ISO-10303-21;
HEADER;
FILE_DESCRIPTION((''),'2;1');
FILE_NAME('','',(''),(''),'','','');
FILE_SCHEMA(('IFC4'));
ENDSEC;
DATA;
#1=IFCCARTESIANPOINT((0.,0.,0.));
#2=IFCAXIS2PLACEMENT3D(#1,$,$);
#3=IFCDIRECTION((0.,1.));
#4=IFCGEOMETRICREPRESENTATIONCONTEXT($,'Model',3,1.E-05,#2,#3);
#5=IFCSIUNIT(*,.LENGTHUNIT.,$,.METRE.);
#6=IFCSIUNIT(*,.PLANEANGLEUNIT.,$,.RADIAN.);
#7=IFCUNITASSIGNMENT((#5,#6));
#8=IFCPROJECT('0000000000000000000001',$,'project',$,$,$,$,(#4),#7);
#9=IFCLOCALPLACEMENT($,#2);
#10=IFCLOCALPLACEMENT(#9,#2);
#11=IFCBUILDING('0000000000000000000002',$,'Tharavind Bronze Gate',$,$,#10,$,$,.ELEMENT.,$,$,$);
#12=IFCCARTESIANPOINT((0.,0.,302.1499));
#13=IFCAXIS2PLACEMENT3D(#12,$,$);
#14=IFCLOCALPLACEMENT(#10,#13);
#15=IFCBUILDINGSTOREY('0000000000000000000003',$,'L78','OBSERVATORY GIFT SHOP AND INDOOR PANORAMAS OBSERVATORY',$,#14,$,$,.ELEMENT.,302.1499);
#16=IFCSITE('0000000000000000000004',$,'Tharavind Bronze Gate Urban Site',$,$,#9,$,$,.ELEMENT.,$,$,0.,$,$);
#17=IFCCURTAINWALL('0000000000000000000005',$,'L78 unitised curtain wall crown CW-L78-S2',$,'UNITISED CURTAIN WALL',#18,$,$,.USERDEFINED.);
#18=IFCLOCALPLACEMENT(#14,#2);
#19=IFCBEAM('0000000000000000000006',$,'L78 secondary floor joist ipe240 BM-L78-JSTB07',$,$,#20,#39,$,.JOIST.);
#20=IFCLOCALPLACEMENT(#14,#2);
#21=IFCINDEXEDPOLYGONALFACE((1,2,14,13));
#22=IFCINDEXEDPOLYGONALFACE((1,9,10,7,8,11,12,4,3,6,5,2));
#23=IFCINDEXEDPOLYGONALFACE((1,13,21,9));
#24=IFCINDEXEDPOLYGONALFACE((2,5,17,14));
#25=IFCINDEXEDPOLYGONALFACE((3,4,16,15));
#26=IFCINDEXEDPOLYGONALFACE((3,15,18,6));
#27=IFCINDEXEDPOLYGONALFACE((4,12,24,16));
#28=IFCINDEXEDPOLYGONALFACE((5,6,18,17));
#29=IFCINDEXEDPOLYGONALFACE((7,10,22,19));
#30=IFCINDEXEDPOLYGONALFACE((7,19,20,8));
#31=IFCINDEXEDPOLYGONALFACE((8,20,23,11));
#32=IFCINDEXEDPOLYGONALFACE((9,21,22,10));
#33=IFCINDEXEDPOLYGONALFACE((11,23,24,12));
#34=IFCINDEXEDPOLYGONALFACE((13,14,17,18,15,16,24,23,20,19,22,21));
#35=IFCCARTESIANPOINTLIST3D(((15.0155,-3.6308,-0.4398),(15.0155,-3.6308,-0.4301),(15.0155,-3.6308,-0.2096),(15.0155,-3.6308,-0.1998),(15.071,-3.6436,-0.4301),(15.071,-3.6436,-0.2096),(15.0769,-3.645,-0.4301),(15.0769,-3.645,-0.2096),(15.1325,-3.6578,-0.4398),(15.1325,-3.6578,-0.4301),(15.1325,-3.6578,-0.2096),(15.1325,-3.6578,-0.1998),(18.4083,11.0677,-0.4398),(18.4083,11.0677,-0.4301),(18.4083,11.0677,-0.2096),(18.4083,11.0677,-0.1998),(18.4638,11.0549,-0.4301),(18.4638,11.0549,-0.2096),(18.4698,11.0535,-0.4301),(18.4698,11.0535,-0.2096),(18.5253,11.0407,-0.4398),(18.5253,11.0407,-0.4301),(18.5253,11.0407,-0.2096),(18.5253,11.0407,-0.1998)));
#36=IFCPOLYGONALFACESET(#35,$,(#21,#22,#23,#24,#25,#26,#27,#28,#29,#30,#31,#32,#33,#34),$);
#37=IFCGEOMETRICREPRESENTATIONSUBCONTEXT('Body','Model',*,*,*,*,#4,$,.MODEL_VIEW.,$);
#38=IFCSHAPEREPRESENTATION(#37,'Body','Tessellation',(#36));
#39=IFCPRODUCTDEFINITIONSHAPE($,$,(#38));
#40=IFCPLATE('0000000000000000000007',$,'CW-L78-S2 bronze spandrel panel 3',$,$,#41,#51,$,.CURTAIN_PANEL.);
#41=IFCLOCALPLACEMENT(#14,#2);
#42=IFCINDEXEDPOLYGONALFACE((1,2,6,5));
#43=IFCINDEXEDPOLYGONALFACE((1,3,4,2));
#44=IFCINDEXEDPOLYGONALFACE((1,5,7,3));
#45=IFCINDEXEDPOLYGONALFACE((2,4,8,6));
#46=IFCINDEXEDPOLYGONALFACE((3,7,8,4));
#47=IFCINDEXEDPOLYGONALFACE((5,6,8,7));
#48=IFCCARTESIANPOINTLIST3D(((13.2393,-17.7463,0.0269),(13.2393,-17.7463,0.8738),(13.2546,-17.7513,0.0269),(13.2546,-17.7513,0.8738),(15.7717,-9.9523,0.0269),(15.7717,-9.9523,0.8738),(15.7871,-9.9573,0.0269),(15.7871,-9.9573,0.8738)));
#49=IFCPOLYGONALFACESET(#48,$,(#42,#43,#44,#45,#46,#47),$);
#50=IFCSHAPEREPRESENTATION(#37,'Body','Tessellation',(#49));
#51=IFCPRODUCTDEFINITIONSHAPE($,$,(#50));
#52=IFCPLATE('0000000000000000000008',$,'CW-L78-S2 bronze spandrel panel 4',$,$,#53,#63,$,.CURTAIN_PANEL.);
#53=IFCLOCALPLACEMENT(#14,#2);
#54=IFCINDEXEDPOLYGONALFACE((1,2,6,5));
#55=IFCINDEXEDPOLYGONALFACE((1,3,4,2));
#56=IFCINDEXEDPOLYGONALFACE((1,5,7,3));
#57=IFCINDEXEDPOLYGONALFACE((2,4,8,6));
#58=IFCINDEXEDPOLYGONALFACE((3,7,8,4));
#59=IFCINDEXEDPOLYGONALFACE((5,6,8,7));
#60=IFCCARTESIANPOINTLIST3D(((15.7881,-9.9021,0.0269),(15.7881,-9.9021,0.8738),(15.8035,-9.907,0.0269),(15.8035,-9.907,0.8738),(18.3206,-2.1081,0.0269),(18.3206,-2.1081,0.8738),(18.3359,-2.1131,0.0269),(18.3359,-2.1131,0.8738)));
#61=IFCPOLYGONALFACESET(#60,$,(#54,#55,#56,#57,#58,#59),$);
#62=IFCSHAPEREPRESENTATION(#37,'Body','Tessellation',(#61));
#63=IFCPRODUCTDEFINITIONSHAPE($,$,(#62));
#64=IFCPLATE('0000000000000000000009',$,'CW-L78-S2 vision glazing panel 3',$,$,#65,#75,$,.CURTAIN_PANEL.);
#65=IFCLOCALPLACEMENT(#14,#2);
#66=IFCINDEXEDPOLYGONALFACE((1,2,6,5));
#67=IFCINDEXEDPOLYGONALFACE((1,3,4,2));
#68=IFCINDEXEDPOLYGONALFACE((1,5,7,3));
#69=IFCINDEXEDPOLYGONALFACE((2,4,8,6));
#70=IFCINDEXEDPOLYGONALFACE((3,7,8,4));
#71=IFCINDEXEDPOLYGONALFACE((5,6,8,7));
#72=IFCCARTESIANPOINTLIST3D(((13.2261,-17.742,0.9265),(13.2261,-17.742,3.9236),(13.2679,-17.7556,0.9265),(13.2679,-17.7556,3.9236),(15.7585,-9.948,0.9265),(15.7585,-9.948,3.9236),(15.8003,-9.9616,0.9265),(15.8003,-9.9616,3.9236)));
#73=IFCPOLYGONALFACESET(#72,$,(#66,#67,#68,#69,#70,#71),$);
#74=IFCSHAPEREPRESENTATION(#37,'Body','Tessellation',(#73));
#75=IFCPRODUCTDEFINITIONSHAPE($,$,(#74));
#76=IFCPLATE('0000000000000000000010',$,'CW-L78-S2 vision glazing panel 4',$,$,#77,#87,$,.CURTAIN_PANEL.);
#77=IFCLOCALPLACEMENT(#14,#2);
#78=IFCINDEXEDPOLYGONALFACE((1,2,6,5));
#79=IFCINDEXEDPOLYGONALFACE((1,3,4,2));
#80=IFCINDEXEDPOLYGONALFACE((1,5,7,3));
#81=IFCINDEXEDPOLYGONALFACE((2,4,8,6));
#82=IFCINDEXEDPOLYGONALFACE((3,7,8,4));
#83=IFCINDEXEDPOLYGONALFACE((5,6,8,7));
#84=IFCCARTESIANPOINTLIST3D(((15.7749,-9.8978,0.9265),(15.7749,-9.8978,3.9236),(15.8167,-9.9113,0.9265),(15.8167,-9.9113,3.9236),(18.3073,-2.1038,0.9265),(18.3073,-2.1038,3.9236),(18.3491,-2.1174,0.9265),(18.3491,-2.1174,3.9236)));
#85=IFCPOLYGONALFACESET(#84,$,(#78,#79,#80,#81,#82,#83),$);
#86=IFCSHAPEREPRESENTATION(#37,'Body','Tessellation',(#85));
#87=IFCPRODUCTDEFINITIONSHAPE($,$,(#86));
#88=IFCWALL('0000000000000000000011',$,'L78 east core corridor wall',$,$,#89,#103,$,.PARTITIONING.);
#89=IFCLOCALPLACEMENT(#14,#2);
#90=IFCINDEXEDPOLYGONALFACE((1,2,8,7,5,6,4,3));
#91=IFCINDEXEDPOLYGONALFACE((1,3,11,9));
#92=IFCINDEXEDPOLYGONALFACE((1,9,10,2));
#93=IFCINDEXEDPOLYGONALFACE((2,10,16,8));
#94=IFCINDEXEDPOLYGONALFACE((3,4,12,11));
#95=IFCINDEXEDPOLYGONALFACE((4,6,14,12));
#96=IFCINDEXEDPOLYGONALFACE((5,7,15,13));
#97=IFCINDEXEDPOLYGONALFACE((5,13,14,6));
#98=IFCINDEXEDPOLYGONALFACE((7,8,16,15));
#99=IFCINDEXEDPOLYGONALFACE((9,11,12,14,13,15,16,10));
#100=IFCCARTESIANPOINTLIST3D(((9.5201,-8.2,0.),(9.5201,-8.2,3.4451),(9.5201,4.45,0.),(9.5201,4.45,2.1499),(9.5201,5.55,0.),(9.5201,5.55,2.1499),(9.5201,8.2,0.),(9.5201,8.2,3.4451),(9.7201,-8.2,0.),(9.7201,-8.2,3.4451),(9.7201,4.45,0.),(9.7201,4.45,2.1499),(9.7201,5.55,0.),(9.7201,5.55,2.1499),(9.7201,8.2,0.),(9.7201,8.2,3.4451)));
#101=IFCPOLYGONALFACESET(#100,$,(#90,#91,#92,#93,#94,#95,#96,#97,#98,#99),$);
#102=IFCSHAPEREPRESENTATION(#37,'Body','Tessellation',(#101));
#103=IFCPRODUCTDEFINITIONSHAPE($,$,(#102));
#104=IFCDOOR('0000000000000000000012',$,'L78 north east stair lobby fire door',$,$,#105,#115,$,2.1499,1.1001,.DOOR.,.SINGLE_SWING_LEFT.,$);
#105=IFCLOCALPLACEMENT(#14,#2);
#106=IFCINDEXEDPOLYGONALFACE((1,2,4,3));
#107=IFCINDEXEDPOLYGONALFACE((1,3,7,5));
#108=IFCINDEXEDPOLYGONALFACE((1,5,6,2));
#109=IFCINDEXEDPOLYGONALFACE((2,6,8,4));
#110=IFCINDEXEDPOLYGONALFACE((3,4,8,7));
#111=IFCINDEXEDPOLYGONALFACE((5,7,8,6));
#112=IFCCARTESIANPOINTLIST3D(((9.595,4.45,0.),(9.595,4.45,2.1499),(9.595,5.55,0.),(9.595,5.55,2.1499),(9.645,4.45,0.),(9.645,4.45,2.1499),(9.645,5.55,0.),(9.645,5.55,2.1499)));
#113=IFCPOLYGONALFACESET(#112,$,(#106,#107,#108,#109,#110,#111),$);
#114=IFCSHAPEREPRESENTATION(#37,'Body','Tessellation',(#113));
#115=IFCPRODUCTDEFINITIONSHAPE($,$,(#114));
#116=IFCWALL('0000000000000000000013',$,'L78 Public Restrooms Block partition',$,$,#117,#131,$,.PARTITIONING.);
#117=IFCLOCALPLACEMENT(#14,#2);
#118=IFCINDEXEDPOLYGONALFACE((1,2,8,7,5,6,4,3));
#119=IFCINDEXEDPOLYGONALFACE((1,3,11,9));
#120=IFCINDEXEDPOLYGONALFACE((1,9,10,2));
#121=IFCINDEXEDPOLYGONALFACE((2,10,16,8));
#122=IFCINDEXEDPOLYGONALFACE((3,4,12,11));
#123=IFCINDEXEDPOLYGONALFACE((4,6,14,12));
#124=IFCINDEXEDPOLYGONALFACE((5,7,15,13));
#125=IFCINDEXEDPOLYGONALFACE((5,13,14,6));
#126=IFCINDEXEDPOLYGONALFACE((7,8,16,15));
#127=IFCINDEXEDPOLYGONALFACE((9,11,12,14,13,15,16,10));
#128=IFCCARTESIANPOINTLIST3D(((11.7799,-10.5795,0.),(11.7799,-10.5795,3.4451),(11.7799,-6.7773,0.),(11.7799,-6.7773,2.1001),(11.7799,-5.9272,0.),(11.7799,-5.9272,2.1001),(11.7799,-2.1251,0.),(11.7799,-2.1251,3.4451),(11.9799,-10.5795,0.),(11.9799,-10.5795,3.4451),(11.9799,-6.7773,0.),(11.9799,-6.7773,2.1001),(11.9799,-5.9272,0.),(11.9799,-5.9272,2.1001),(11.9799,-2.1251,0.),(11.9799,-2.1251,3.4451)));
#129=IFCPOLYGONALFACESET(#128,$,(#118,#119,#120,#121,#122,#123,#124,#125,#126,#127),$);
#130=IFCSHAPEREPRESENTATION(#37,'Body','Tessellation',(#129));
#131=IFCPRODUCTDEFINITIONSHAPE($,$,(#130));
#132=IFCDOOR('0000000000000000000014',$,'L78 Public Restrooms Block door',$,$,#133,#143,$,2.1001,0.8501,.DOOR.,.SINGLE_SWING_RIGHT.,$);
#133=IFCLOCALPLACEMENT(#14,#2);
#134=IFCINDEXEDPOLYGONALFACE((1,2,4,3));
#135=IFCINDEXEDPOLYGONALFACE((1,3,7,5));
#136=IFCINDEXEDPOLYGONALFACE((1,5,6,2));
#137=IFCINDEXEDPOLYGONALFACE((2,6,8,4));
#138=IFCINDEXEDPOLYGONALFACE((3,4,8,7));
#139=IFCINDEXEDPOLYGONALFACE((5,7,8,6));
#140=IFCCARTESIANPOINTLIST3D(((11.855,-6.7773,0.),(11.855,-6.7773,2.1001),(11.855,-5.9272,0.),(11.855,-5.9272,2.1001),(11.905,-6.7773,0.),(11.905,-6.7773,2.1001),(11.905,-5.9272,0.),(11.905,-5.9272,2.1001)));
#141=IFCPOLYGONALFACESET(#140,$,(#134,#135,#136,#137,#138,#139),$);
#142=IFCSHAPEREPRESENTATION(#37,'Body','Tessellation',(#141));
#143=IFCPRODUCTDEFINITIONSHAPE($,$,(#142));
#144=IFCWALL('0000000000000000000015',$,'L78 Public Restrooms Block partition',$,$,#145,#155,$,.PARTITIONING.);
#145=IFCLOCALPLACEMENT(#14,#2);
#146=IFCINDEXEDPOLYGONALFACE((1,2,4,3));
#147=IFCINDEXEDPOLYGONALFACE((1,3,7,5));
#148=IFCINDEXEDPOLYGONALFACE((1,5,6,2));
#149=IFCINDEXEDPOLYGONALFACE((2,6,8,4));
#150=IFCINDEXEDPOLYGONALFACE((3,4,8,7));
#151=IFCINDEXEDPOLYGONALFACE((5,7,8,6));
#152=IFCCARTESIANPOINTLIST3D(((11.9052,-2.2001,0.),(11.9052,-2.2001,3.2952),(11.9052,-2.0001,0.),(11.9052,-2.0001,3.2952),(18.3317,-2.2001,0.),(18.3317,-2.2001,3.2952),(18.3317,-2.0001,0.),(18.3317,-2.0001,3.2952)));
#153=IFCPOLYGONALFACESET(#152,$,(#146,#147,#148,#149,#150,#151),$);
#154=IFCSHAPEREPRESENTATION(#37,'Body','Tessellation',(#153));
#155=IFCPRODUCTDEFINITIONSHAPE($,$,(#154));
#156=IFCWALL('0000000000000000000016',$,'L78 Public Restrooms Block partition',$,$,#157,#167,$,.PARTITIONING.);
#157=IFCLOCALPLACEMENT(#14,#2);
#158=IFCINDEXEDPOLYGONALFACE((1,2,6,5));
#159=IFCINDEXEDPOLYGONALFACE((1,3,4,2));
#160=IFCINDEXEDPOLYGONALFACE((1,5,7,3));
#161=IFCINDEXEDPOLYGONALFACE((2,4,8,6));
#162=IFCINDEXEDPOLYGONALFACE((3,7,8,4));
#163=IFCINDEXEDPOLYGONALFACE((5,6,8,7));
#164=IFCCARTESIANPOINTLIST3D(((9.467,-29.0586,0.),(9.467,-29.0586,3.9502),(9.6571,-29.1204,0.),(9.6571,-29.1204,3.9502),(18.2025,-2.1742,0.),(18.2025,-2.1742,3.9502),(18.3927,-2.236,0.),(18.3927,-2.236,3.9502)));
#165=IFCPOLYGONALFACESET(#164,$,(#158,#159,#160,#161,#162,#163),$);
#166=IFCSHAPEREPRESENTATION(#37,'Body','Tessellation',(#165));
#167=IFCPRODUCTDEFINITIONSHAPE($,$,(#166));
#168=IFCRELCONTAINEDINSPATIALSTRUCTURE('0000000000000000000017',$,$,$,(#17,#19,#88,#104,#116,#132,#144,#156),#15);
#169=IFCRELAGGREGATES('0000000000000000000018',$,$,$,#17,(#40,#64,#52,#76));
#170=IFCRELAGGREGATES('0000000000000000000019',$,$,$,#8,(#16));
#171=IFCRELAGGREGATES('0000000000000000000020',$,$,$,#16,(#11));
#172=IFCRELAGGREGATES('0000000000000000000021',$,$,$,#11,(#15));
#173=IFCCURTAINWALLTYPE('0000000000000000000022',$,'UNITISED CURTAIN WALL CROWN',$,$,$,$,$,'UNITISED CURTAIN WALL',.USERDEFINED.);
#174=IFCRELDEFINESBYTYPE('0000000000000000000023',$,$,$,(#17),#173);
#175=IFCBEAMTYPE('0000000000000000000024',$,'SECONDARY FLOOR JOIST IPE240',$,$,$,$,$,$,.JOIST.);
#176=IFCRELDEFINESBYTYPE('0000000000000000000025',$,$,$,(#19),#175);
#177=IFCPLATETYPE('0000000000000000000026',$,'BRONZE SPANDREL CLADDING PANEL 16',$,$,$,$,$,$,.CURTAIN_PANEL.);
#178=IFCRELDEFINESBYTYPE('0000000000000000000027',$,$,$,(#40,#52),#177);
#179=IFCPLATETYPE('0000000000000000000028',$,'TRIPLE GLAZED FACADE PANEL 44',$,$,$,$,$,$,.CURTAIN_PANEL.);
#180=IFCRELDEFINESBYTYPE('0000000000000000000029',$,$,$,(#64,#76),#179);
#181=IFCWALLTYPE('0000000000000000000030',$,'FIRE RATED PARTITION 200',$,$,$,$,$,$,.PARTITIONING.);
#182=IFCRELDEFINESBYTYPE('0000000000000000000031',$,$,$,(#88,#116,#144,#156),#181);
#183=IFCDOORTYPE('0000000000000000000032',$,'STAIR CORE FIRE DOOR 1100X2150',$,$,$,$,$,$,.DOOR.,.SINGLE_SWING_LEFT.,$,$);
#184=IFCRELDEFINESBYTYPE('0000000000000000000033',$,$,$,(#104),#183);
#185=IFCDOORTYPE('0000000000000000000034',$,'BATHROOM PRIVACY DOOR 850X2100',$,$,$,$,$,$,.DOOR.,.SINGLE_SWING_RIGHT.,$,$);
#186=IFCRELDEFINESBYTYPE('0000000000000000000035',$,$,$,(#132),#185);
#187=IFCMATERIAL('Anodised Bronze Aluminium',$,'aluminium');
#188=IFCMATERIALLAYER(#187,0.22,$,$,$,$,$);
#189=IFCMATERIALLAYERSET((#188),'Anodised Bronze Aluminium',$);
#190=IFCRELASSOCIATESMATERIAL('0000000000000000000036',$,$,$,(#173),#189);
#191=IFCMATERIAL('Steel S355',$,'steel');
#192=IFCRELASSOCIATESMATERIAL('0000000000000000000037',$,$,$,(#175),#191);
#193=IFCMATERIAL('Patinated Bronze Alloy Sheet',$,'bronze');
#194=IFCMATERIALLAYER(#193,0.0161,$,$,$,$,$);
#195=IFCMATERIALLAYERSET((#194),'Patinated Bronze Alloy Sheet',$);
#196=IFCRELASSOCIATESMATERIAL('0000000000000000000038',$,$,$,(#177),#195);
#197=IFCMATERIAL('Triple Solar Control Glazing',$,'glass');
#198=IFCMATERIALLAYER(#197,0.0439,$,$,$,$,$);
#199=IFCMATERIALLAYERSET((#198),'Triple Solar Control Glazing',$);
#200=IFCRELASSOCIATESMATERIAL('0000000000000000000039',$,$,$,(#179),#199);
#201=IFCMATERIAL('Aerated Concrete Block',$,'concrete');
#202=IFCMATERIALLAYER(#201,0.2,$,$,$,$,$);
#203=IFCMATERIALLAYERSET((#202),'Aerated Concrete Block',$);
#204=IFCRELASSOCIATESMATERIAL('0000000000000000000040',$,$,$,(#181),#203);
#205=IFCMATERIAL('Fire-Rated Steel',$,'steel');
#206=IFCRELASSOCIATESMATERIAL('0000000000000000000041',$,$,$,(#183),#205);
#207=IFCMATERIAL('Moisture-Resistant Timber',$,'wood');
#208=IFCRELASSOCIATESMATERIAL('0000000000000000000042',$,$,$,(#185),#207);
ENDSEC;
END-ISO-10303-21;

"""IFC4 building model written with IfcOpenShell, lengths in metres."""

from ifc_helpers import new_model, si_unit, direction, frame, frame_2d, origin, origin_2d, place, context, subcontext, project, spatial, rectangle, i_section, extrude, material, layer, layer_set, material_profile, profile_set, type_object, element, fill, aggregate, save


model = new_model("IFC4")

# Units and contexts
model_context = context("Model", 3, precision=1e-05, world=origin(), true_north=direction((0.0, 1.0)))
body_context = subcontext(model_context, "Body", "Model", "MODEL_VIEW")
ifc_project = project(units=[si_unit("LENGTHUNIT", "METRE"), si_unit("PLANEANGLEUNIT", "RADIAN")], contexts=[model_context])

# Site, building, storey
site_placement = place(None, origin())
site = spatial("IfcSite", under=ifc_project, at=site_placement, Name="Tharavind Bronze Gate Urban Site", CompositionType="ELEMENT", RefElevation=0.0)
building_placement = place(site_placement, origin())
building = spatial("IfcBuilding", under=site, at=building_placement, Name="Tharavind Bronze Gate", CompositionType="ELEMENT")
storey_placement = place(building_placement, frame((0.0, 0.0, 302.1499)))
storey = spatial("IfcBuildingStorey", under=building, at=storey_placement, Name="L78", Description="OBSERVATORY GIFT SHOP AND INDOOR PANORAMAS OBSERVATORY", CompositionType="ELEMENT", Elevation=302.1499)

# Curtain wall
ifc_material_1 = material(Name="Anodised Bronze Aluminium", Category="aluminium")
ifc_layer_1 = layer(ifc_material_1, 0.22)
ifc_layer_set_1 = layer_set([ifc_layer_1], Name="Anodised Bronze Aluminium")
curtain_wall_type = type_object("IfcCurtainWallType", Name="UNITISED CURTAIN WALL CROWN", ElementType="UNITISED CURTAIN WALL", PredefinedType="USERDEFINED", material=ifc_layer_set_1)
curtain_wall_placement = place(storey_placement, origin())
curtain_wall = element("IfcCurtainWall", 1, at=curtain_wall_placement, inside=storey, type_object=curtain_wall_type, Name="L78 unitised curtain wall crown CW-L78-S2", ObjectType="UNITISED CURTAIN WALL", PredefinedType="USERDEFINED")

# Beam
ifc_material_2 = material(Name="Steel S355", Category="steel")
ifc_material_profile_1 = material_profile(ifc_material_2, i_section(OverallWidth=0.1201, OverallDepth=0.24, WebThickness=0.0061, FlangeThickness=0.0098, at=origin_2d()), Name="IPE240")
ifc_profile_set_1 = profile_set([ifc_material_profile_1], Name="Steel S355")
beam_type_1 = type_object("IfcBeamType", Name="SECONDARY FLOOR JOIST IPE240", PredefinedType="JOIST", material=ifc_profile_set_1)
beam_1_placement = place(storey_placement, frame((15.074, -3.6443, -0.3198), z_axis=(0.224914, 0.974379, 0.0), x_axis=(-0.974379, 0.224914, 0.0)))
element("IfcBeam", 2, at=beam_1_placement, inside=storey, type_object=beam_type_1, Name="L78 secondary floor joist ipe240 BM-L78-JSTB07", PredefinedType="JOIST", context=body_context, shape_type="SweptSolid", body=[
    extrude(i_section(OverallWidth=0.1201, OverallDepth=0.24, WebThickness=0.0061, FlangeThickness=0.0098, at=origin_2d()), origin(), (0.0, 0.0, 1.0), 15.085),
])

# Plates
ifc_material_3 = material(Name="Patinated Bronze Alloy Sheet", Category="bronze")
ifc_layer_2 = layer(ifc_material_3, 0.0161)
ifc_layer_set_2 = layer_set([ifc_layer_2], Name="Patinated Bronze Alloy Sheet")
plate_type_1 = type_object("IfcPlateType", Name="BRONZE SPANDREL CLADDING PANEL 16", PredefinedType="CURTAIN_PANEL", material=ifc_layer_set_2)
plate_1_placement = place(storey_placement, frame((14.5132, -13.8518, 0.0269), z_axis=(0.0, 0.0, 1.0), x_axis=(0.309017, 0.951057, 0.0)))
plate_1 = element("IfcPlate", 3, at=plate_1_placement, type_object=plate_type_1, Name="CW-L78-S2 bronze spandrel panel 3", PredefinedType="CURTAIN_PANEL", context=body_context, shape_type="SweptSolid", body=[
    extrude(rectangle(XDim=8.1951, YDim=0.0161, at=origin_2d()), origin(), (0.0, 0.0, 1.0), 0.8469),
])
plate_2_placement = place(storey_placement, frame((17.062, -6.0076, 0.0269), z_axis=(0.0, 0.0, 1.0), x_axis=(0.309017, 0.951057, 0.0)))
plate_2 = element("IfcPlate", 4, at=plate_2_placement, type_object=plate_type_1, Name="CW-L78-S2 bronze spandrel panel 4", PredefinedType="CURTAIN_PANEL", context=body_context, shape_type="SweptSolid", body=[
    extrude(rectangle(XDim=8.1951, YDim=0.0161, at=origin_2d()), origin(), (0.0, 0.0, 1.0), 0.8469),
])
ifc_material_4 = material(Name="Triple Solar Control Glazing", Category="glass")
ifc_layer_3 = layer(ifc_material_4, 0.0439)
ifc_layer_set_3 = layer_set([ifc_layer_3], Name="Triple Solar Control Glazing")
plate_type_2 = type_object("IfcPlateType", Name="TRIPLE GLAZED FACADE PANEL 44", PredefinedType="CURTAIN_PANEL", material=ifc_layer_set_3)
plate_3_placement = place(storey_placement, frame((14.5132, -13.8518, 0.9265), z_axis=(0.0, 0.0, 1.0), x_axis=(0.309017, 0.951057, 0.0)))
plate_3 = element("IfcPlate", 5, at=plate_3_placement, type_object=plate_type_2, Name="CW-L78-S2 vision glazing panel 3", PredefinedType="CURTAIN_PANEL", context=body_context, shape_type="SweptSolid", body=[
    extrude(rectangle(XDim=8.1951, YDim=0.0439, at=origin_2d()), origin(), (0.0, 0.0, 1.0), 2.9971),
])
plate_4_placement = place(storey_placement, frame((17.062, -6.0076, 0.9265), z_axis=(0.0, 0.0, 1.0), x_axis=(0.309017, 0.951057, 0.0)))
plate_4 = element("IfcPlate", 6, at=plate_4_placement, type_object=plate_type_2, Name="CW-L78-S2 vision glazing panel 4", PredefinedType="CURTAIN_PANEL", context=body_context, shape_type="SweptSolid", body=[
    extrude(rectangle(XDim=8.1951, YDim=0.0439, at=origin_2d()), origin(), (0.0, 0.0, 1.0), 2.9971),
])
aggregate(curtain_wall, [plate_1, plate_3, plate_2, plate_4])

# Walls, openings, doors
ifc_material_5 = material(Name="Aerated Concrete Block", Category="concrete")
ifc_layer_4 = layer(ifc_material_5, 0.2)
ifc_layer_set_4 = layer_set([ifc_layer_4], Name="Aerated Concrete Block")
wall_type = type_object("IfcWallType", Name="FIRE RATED PARTITION 200", PredefinedType="PARTITIONING", material=ifc_layer_set_4)
wall_1_placement = place(storey_placement, frame((9.6201, -8.2, 0.0), z_axis=(0.0, 0.0, 1.0), x_axis=(0.0, 1.0, 0.0)))
wall_1 = element("IfcWall", 7, at=wall_1_placement, inside=storey, type_object=wall_type, Name="L78 east core corridor wall", PredefinedType="PARTITIONING", context=body_context, shape_type="SweptSolid", body=[
    extrude(rectangle(XDim=16.3999, YDim=0.2, at=frame_2d((8.2, 0.0))), origin(), (0.0, 0.0, 1.0), 3.4451),
])
opening_1_placement = place(wall_1_placement, frame((12.6499, 0.0, 0.0)))
opening_1 = element("IfcOpeningElement", 8, at=opening_1_placement, cuts=wall_1, PredefinedType="OPENING", context=body_context, shape_type="SweptSolid", body=[
    extrude(rectangle(XDim=1.1001, YDim=2.1499, at=frame_2d((0.55, 1.075))), frame((0.0, 0.1101, 0.0), z_axis=(0.0, -1.0, 0.0), x_axis=(1.0, 0.0, 0.0)), (0.0, 0.0, 1.0), 0.22),
])
ifc_material_6 = material(Name="Fire-Rated Steel", Category="steel")
door_type_1 = type_object("IfcDoorType", Name="STAIR CORE FIRE DOOR 1100X2150", OperationType="SINGLE_SWING_LEFT", PredefinedType="DOOR", material=ifc_material_6)
door_1_placement = place(opening_1_placement, frame((1.1001, 0.0, 0.0), z_axis=(0.0, 0.0, 1.0), x_axis=(-1.0, 0.0, 0.0)))
door_1 = element("IfcDoor", 9, at=door_1_placement, inside=storey, type_object=door_type_1, Name="L78 north east stair lobby fire door", OperationType="SINGLE_SWING_LEFT", OverallHeight=2.1499, OverallWidth=1.1001, PredefinedType="DOOR", context=body_context, shape_type="SweptSolid", body=[
    extrude(rectangle(XDim=1.1001, YDim=2.1499, at=frame_2d((0.55, 1.075))), frame((0.0, 0.0249, 0.0), z_axis=(0.0, -1.0, 0.0), x_axis=(1.0, 0.0, 0.0)), (0.0, 0.0, 1.0), 0.05),
])
fill(opening_1, door_1)
wall_2_placement = place(storey_placement, frame((11.8799, -10.5793, 0.0), z_axis=(0.0, 0.0, 1.0), x_axis=(0.0, 1.0, 0.0)))
wall_2 = element("IfcWall", 10, at=wall_2_placement, inside=storey, type_object=wall_type, Name="L78 Public Restrooms Block partition", PredefinedType="PARTITIONING", context=body_context, shape_type="SweptSolid", body=[
    extrude(rectangle(XDim=8.4543, YDim=0.2, at=frame_2d((4.2271, 0.0))), origin(), (0.0, 0.0, 1.0), 3.4451),
])
opening_2_placement = place(wall_2_placement, frame((3.802, 0.0, 0.0)))
opening_2 = element("IfcOpeningElement", 11, at=opening_2_placement, cuts=wall_2, PredefinedType="OPENING", context=body_context, shape_type="SweptSolid", body=[
    extrude(rectangle(XDim=0.8501, YDim=2.1001, at=frame_2d((0.425, 1.05))), frame((0.0, 0.1101, 0.0), z_axis=(0.0, -1.0, 0.0), x_axis=(1.0, 0.0, 0.0)), (0.0, 0.0, 1.0), 0.22),
])
ifc_material_7 = material(Name="Moisture-Resistant Timber", Category="wood")
door_type_2 = type_object("IfcDoorType", Name="BATHROOM PRIVACY DOOR 850X2100", OperationType="SINGLE_SWING_RIGHT", PredefinedType="DOOR", material=ifc_material_7)
door_2_placement = place(opening_2_placement, origin())
door_2 = element("IfcDoor", 12, at=door_2_placement, inside=storey, type_object=door_type_2, Name="L78 Public Restrooms Block door", OperationType="SINGLE_SWING_RIGHT", OverallHeight=2.1001, OverallWidth=0.8501, PredefinedType="DOOR", context=body_context, shape_type="SweptSolid", body=[
    extrude(rectangle(XDim=0.8501, YDim=2.1001, at=frame_2d((0.425, 1.05))), frame((0.0, 0.0249, 0.0), z_axis=(0.0, -1.0, 0.0), x_axis=(1.0, 0.0, 0.0)), (0.0, 0.0, 1.0), 0.05),
])
fill(opening_2, door_2)

# Walls
wall_3_placement = place(storey_placement, frame((11.905, -2.1001, 0.0), z_axis=(0.0, 0.0, 1.0), x_axis=(1.0, 0.0, 0.0)))
element("IfcWall", 13, at=wall_3_placement, inside=storey, type_object=wall_type, Name="L78 Public Restrooms Block partition", PredefinedType="PARTITIONING", context=body_context, shape_type="SweptSolid", body=[
    extrude(rectangle(XDim=6.4265, YDim=0.2, at=frame_2d((3.2134, 0.0))), origin(), (0.0, 0.0, 1.0), 3.2952),
])
wall_4_placement = place(storey_placement, frame((18.2976, -2.2051, 0.0), z_axis=(0.0, 0.0, 1.0), x_axis=(-0.309026, -0.951054, 0.0)))
element("IfcWall", 14, at=wall_4_placement, inside=storey, type_object=wall_type, Name="L78 Public Restrooms Block partition", PredefinedType="PARTITIONING", context=body_context, shape_type="SweptSolid", body=[
    extrude(rectangle(XDim=28.2681, YDim=0.2, at=frame_2d((14.134, 0.0))), origin(), (0.0, 0.0, 1.0), 3.9502),
])

save(model, "model.ifc")
